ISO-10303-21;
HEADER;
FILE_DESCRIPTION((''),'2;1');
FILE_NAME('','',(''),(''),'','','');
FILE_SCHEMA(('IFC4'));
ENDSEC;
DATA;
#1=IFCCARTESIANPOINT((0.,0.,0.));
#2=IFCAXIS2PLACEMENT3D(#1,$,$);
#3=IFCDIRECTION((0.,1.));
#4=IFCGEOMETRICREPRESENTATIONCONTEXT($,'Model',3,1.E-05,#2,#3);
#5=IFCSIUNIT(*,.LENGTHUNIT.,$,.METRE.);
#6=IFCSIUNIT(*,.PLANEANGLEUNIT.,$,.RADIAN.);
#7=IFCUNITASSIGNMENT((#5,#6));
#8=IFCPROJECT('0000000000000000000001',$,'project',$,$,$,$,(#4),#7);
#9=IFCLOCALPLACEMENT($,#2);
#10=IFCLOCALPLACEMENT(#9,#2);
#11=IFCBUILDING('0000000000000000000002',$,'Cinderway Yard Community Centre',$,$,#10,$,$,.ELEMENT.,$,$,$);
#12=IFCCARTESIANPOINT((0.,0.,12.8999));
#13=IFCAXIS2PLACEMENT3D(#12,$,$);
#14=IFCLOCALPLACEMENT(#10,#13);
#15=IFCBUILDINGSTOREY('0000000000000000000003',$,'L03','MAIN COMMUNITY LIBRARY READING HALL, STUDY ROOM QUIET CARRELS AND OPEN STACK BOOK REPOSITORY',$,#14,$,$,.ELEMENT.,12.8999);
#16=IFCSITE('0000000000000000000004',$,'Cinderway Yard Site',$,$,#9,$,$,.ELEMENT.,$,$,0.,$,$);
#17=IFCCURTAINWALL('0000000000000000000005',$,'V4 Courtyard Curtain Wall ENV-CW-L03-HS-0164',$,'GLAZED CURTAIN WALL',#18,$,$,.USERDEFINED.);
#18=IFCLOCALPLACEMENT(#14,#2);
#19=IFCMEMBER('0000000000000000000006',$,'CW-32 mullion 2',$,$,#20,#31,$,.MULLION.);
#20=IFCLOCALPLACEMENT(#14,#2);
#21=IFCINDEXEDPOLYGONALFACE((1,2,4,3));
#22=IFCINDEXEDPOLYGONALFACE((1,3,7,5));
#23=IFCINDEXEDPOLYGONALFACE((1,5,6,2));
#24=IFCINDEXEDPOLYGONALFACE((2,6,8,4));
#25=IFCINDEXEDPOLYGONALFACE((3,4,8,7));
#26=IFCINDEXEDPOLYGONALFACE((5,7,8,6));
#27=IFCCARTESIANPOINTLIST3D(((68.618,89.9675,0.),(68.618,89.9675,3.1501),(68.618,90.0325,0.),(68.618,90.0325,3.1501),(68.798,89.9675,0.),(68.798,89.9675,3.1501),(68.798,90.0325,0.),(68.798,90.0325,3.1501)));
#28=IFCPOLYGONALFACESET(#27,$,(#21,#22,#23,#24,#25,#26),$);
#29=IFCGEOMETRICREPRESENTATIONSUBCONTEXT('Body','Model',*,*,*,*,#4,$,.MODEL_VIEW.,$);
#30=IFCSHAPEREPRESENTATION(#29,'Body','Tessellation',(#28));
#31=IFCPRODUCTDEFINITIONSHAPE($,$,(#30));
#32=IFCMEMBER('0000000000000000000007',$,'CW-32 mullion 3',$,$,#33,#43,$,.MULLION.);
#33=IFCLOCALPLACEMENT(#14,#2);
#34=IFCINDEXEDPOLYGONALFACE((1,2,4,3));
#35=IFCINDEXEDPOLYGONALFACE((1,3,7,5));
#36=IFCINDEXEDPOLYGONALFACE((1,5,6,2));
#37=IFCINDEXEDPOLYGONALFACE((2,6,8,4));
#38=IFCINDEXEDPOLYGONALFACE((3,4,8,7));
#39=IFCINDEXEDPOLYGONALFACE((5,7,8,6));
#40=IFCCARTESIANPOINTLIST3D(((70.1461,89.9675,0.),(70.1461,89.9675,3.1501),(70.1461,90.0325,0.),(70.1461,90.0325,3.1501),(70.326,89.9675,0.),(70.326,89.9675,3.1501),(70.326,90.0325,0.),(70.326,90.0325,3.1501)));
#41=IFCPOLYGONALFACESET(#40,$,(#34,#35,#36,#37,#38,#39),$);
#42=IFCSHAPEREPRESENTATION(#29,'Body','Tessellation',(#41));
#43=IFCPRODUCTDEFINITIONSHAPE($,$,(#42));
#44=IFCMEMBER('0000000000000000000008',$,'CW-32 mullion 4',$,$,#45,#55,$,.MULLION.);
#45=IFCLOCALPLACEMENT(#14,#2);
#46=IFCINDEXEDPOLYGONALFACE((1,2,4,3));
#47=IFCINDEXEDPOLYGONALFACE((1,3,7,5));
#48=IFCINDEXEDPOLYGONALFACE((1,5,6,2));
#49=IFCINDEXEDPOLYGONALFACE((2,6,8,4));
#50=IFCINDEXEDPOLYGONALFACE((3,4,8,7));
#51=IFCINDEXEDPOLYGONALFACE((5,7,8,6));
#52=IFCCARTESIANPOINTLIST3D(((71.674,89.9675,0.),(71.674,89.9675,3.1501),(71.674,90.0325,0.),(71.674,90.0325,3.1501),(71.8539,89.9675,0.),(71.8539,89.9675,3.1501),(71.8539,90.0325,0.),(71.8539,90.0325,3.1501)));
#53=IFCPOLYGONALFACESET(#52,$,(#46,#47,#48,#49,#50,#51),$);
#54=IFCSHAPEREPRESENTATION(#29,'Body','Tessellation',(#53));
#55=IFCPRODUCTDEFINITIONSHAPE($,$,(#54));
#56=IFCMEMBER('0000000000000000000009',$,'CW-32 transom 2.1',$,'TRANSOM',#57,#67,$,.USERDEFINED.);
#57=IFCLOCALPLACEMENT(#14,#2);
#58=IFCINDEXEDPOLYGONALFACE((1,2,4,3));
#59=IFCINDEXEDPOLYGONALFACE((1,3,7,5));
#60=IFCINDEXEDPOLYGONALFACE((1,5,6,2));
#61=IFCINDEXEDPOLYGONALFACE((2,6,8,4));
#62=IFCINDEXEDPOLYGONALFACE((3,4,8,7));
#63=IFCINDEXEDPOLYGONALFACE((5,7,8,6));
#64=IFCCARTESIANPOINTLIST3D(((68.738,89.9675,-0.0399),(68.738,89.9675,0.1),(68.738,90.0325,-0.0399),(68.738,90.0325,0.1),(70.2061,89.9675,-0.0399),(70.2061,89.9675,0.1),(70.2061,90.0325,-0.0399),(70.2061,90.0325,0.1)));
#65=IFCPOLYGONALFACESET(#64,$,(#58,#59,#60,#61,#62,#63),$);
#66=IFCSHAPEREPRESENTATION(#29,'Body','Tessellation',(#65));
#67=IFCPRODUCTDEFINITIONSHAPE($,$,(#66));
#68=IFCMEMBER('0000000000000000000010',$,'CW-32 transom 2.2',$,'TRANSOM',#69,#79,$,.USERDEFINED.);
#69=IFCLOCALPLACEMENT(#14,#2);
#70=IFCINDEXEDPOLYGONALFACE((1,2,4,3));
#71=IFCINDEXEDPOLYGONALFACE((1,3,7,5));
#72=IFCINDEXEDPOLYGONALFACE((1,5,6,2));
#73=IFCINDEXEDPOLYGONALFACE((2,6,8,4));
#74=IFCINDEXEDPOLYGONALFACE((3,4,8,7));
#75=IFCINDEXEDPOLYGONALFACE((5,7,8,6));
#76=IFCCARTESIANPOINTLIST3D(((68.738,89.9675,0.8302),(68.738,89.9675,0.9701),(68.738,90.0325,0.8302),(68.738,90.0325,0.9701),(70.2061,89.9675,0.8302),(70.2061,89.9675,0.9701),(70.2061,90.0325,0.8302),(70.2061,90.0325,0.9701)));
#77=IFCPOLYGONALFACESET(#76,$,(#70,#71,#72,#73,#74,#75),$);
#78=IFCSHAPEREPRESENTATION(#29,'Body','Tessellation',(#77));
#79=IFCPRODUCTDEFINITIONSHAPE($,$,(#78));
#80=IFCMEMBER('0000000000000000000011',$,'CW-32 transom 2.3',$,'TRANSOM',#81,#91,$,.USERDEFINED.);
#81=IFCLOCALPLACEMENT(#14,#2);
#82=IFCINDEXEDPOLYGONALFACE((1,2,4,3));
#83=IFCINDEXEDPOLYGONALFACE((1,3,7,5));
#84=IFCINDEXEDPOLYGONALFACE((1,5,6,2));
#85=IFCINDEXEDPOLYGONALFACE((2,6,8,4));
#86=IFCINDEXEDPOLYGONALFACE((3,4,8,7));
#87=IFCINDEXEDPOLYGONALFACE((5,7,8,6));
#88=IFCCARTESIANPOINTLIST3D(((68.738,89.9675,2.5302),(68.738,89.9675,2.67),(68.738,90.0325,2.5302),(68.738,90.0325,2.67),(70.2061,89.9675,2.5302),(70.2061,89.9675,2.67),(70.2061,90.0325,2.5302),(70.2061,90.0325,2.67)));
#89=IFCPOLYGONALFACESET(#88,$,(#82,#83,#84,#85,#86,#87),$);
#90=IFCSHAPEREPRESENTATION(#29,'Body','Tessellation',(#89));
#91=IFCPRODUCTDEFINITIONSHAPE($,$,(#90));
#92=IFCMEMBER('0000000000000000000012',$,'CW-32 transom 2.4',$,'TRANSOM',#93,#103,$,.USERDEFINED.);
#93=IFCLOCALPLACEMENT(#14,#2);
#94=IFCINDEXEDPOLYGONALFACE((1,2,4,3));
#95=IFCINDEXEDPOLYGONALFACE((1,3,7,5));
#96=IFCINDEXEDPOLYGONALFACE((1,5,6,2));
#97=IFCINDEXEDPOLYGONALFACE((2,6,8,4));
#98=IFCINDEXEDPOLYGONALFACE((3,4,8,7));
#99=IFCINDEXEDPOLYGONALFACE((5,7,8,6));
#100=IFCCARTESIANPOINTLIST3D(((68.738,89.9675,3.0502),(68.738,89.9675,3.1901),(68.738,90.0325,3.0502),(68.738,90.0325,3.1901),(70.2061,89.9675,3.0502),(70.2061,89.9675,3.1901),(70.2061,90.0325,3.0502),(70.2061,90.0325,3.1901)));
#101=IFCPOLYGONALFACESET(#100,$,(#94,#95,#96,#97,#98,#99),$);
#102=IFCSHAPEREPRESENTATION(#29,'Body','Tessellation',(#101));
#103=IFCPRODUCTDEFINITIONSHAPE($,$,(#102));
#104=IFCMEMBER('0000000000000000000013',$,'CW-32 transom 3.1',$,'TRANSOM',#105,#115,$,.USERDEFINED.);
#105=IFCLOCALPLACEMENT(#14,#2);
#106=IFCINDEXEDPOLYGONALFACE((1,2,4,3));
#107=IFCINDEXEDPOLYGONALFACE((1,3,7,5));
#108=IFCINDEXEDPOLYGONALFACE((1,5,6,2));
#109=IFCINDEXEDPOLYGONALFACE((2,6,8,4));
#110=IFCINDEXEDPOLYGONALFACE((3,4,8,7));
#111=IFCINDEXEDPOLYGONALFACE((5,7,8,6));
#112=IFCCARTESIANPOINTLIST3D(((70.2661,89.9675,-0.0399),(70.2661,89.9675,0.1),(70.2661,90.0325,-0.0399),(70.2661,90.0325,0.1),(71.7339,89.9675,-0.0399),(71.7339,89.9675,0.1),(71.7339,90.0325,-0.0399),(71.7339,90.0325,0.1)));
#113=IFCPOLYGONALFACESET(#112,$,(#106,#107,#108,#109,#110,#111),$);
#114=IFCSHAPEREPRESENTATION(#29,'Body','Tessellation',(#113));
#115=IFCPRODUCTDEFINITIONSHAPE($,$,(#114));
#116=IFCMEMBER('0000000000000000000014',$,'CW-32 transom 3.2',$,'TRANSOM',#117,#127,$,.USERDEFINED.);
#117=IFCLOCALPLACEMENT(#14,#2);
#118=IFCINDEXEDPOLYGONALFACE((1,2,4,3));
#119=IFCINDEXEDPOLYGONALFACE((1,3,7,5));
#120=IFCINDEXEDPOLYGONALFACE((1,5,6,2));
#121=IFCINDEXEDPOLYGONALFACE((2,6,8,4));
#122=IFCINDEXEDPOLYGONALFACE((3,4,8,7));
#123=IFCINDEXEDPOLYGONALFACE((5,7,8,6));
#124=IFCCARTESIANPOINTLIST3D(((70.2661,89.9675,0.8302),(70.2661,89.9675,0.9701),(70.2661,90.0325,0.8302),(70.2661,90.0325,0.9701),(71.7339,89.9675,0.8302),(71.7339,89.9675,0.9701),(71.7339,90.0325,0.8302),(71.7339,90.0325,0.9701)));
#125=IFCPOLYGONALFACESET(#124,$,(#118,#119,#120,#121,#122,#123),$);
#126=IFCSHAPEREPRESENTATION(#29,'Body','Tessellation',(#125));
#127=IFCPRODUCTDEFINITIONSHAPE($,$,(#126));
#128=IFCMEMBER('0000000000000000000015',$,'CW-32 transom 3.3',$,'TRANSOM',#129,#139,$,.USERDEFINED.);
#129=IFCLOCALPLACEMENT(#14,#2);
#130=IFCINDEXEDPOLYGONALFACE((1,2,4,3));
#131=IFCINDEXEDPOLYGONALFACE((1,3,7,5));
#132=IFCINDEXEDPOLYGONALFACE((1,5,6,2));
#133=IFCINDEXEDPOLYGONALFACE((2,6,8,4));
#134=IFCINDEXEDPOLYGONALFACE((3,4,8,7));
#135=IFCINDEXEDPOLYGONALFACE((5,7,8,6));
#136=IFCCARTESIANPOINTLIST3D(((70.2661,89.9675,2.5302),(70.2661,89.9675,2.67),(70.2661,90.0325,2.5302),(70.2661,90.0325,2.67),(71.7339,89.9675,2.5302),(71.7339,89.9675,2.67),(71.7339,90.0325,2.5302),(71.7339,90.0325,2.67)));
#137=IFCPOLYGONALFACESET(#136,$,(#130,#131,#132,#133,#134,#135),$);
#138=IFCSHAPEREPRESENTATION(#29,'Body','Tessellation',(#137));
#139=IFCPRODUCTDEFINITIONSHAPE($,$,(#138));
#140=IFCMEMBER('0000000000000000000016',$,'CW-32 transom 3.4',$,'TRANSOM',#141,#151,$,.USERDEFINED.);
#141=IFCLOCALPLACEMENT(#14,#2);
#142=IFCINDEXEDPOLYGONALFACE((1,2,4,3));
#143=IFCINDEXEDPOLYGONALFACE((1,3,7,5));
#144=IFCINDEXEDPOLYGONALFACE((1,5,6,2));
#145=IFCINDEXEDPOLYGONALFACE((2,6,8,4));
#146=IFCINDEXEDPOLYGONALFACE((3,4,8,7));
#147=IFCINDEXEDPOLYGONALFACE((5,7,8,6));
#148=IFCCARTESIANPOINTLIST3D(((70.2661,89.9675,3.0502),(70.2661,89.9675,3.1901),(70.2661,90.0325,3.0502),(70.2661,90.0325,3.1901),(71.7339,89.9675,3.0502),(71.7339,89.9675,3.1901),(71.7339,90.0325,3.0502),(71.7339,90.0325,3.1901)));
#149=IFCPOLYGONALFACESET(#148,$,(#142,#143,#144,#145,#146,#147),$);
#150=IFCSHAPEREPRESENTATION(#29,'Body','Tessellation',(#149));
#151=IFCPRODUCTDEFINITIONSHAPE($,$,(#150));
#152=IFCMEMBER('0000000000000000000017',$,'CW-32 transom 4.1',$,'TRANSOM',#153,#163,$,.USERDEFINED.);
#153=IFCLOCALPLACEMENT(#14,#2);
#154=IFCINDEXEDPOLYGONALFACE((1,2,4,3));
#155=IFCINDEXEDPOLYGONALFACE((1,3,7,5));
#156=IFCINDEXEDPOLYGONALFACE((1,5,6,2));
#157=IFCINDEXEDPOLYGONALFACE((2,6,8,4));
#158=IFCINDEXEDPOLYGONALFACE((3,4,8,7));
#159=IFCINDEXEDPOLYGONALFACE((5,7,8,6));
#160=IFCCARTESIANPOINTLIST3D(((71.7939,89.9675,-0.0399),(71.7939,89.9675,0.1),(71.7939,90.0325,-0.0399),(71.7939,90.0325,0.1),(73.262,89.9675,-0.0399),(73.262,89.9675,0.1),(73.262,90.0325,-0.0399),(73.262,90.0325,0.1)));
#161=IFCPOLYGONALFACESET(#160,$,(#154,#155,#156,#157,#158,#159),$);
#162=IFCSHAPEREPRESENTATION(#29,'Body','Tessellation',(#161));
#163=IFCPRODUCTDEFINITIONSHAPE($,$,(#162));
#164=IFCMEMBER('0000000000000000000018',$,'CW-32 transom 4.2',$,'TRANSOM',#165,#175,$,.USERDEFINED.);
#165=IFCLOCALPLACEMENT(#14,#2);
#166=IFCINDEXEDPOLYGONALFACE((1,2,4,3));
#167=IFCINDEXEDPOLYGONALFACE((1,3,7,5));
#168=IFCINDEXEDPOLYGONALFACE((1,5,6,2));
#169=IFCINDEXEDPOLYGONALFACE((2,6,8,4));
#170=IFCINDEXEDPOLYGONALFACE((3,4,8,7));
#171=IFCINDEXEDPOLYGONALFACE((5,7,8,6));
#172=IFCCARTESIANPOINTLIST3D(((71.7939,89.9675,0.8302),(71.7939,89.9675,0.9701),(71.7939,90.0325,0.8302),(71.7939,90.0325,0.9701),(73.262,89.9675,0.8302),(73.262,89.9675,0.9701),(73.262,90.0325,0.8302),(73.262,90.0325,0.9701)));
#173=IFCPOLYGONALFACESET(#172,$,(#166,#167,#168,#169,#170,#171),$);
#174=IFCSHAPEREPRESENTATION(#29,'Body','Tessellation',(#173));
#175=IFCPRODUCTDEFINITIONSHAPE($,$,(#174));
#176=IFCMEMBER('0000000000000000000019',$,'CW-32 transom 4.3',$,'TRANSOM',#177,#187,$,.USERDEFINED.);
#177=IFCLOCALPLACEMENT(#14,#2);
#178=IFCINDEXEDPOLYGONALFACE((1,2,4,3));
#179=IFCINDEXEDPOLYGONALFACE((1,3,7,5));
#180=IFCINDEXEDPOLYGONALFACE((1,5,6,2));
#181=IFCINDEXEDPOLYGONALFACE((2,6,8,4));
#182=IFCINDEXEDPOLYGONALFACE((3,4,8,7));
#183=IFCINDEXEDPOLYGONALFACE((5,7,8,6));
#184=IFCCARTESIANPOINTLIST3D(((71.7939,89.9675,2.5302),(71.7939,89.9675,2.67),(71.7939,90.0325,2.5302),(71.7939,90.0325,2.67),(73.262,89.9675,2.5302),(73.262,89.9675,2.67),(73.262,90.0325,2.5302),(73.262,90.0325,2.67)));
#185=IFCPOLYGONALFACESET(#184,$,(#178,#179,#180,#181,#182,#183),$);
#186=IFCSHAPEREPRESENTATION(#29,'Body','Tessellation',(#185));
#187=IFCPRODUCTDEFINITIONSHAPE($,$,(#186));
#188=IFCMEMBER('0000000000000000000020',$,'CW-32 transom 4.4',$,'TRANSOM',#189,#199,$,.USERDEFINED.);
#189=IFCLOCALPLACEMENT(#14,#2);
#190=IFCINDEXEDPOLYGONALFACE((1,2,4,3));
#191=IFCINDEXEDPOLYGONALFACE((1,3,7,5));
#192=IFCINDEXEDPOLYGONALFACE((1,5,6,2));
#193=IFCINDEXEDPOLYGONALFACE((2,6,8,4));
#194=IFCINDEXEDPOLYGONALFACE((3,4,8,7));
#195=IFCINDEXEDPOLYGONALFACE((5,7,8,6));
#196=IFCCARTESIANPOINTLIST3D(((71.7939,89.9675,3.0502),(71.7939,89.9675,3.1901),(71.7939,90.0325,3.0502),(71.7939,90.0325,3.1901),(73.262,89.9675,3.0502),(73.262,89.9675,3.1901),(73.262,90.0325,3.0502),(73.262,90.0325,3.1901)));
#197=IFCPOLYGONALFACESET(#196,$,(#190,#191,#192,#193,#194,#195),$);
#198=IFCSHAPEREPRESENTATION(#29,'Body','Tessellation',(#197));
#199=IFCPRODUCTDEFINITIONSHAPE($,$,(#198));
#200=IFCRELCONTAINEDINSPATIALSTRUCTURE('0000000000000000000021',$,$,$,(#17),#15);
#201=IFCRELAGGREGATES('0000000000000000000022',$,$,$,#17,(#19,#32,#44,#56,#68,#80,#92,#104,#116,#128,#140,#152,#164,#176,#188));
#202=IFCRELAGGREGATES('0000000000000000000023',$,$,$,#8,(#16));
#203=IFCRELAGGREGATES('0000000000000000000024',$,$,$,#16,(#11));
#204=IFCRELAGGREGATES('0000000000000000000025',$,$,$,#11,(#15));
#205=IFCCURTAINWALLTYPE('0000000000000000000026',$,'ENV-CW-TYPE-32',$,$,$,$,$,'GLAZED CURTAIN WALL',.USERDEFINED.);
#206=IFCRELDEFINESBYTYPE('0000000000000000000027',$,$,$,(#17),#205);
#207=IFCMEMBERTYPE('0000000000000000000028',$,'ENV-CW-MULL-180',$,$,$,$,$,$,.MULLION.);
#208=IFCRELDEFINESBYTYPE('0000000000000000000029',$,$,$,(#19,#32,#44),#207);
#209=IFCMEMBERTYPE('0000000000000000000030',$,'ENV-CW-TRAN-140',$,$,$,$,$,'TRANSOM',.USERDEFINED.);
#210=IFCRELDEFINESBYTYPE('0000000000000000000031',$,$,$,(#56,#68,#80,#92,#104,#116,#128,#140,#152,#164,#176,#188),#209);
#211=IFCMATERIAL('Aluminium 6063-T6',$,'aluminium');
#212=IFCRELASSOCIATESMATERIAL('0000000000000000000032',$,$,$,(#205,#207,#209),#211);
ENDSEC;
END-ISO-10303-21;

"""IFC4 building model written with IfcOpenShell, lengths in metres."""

from ifc_helpers import new_model, si_unit, direction, frame, origin, origin_2d, place, context, subcontext, project, spatial, rectangle, extrude, material, material_profile, profile_set, type_object, element, aggregate, save


model = new_model("IFC4")

# Units and contexts
model_context = context("Model", 3, precision=1e-05, world=origin(), true_north=direction((0.0, 1.0)))
body_context = subcontext(model_context, "Body", "Model", "MODEL_VIEW")
ifc_project = project(units=[si_unit("LENGTHUNIT", "METRE"), si_unit("PLANEANGLEUNIT", "RADIAN")], contexts=[model_context])

# Site, building, storey
site_placement = place(None, origin())
site = spatial("IfcSite", under=ifc_project, at=site_placement, Name="Cinderway Yard Site", CompositionType="ELEMENT", RefElevation=0.0)
building_placement = place(site_placement, origin())
building = spatial("IfcBuilding", under=site, at=building_placement, Name="Cinderway Yard Community Centre", CompositionType="ELEMENT")
storey_placement = place(building_placement, frame((0.0, 0.0, 12.8999)))
storey = spatial("IfcBuildingStorey", under=building, at=storey_placement, Name="L03", Description="MAIN COMMUNITY LIBRARY READING HALL, STUDY ROOM QUIET CARRELS AND OPEN STACK BOOK REPOSITORY", CompositionType="ELEMENT", Elevation=12.8999)

# Curtain wall, members
ifc_material_1 = material(Name="Aluminium 6063-T6", Category="aluminium")
curtain_wall_type = type_object("IfcCurtainWallType", Name="ENV-CW-TYPE-32", ElementType="GLAZED CURTAIN WALL", PredefinedType="USERDEFINED", material=ifc_material_1)
curtain_wall_placement = place(storey_placement, origin())
curtain_wall = element("IfcCurtainWall", 1, at=curtain_wall_placement, inside=storey, type_object=curtain_wall_type, Name="V4 Courtyard Curtain Wall ENV-CW-L03-HS-0164", ObjectType="GLAZED CURTAIN WALL", PredefinedType="USERDEFINED")
ifc_material_profile_1 = material_profile(ifc_material_1, rectangle(XDim=0.0649, YDim=0.1799, at=origin_2d()), Name="Aluminium 6063-T6")
ifc_profile_set_1 = profile_set([ifc_material_profile_1], Name="Aluminium 6063-T6")
member_type_1 = type_object("IfcMemberType", Name="ENV-CW-MULL-180", PredefinedType="MULLION", material=ifc_profile_set_1)
member_1_placement = place(storey_placement, frame((68.708, 90.0, 0.0), z_axis=(0.0, 0.0, 1.0), x_axis=(0.0, 1.0, 0.0)))
member_1 = element("IfcMember", 2, at=member_1_placement, type_object=member_type_1, Name="CW-32 mullion 2", PredefinedType="MULLION", context=body_context, shape_type="SweptSolid", body=[
    extrude(rectangle(XDim=0.0649, YDim=0.1799, at=origin_2d()), origin(), (0.0, 0.0, 1.0), 3.1501),
])
member_2_placement = place(storey_placement, frame((70.2361, 90.0, 0.0), z_axis=(0.0, 0.0, 1.0), x_axis=(0.0, 1.0, 0.0)))
member_2 = element("IfcMember", 3, at=member_2_placement, type_object=member_type_1, Name="CW-32 mullion 3", PredefinedType="MULLION", context=body_context, shape_type="SweptSolid", body=[
    extrude(rectangle(XDim=0.0649, YDim=0.1799, at=origin_2d()), origin(), (0.0, 0.0, 1.0), 3.1501),
])
member_3_placement = place(storey_placement, frame((71.7639, 90.0, 0.0), z_axis=(0.0, 0.0, 1.0), x_axis=(0.0, 1.0, 0.0)))
member_3 = element("IfcMember", 4, at=member_3_placement, type_object=member_type_1, Name="CW-32 mullion 4", PredefinedType="MULLION", context=body_context, shape_type="SweptSolid", body=[
    extrude(rectangle(XDim=0.0649, YDim=0.1799, at=origin_2d()), origin(), (0.0, 0.0, 1.0), 3.1501),
])
ifc_material_profile_2 = material_profile(ifc_material_1, rectangle(XDim=0.0649, YDim=0.1399, at=origin_2d()), Name="Aluminium 6063-T6")
ifc_profile_set_2 = profile_set([ifc_material_profile_2], Name="Aluminium 6063-T6")
member_type_2 = type_object("IfcMemberType", Name="ENV-CW-TRAN-140", ElementType="TRANSOM", PredefinedType="USERDEFINED", material=ifc_profile_set_2)
member_4_placement = place(storey_placement, frame((68.738, 90.0, 0.03), z_axis=(1.0, 0.0, 0.0), x_axis=(0.0, 1.0, 0.0)))
member_4 = element("IfcMember", 5, at=member_4_placement, type_object=member_type_2, Name="CW-32 transom 2.1", ObjectType="TRANSOM", PredefinedType="USERDEFINED", context=body_context, shape_type="SweptSolid", body=[
    extrude(rectangle(XDim=0.0649, YDim=0.1399, at=origin_2d()), origin(), (0.0, 0.0, 1.0), 1.468),
])
member_5_placement = place(storey_placement, frame((68.738, 90.0, 0.9001), z_axis=(1.0, 0.0, 0.0), x_axis=(0.0, 1.0, 0.0)))
member_5 = element("IfcMember", 6, at=member_5_placement, type_object=member_type_2, Name="CW-32 transom 2.2", ObjectType="TRANSOM", PredefinedType="USERDEFINED", context=body_context, shape_type="SweptSolid", body=[
    extrude(rectangle(XDim=0.0649, YDim=0.1399, at=origin_2d()), origin(), (0.0, 0.0, 1.0), 1.468),
])
member_6_placement = place(storey_placement, frame((68.738, 90.0, 2.6001), z_axis=(1.0, 0.0, 0.0), x_axis=(0.0, 1.0, 0.0)))
member_6 = element("IfcMember", 7, at=member_6_placement, type_object=member_type_2, Name="CW-32 transom 2.3", ObjectType="TRANSOM", PredefinedType="USERDEFINED", context=body_context, shape_type="SweptSolid", body=[
    extrude(rectangle(XDim=0.0649, YDim=0.1399, at=origin_2d()), origin(), (0.0, 0.0, 1.0), 1.468),
])
member_7_placement = place(storey_placement, frame((68.738, 90.0, 3.1201), z_axis=(1.0, 0.0, 0.0), x_axis=(0.0, 1.0, 0.0)))
member_7 = element("IfcMember", 8, at=member_7_placement, type_object=member_type_2, Name="CW-32 transom 2.4", ObjectType="TRANSOM", PredefinedType="USERDEFINED", context=body_context, shape_type="SweptSolid", body=[
    extrude(rectangle(XDim=0.0649, YDim=0.1399, at=origin_2d()), origin(), (0.0, 0.0, 1.0), 1.468),
])
member_8_placement = place(storey_placement, frame((70.2661, 90.0, 0.03), z_axis=(1.0, 0.0, 0.0), x_axis=(0.0, 1.0, 0.0)))
member_8 = element("IfcMember", 9, at=member_8_placement, type_object=member_type_2, Name="CW-32 transom 3.1", ObjectType="TRANSOM", PredefinedType="USERDEFINED", context=body_context, shape_type="SweptSolid", body=[
    extrude(rectangle(XDim=0.0649, YDim=0.1399, at=origin_2d()), origin(), (0.0, 0.0, 1.0), 1.4678),
])
member_9_placement = place(storey_placement, frame((70.2661, 90.0, 0.9001), z_axis=(1.0, 0.0, 0.0), x_axis=(0.0, 1.0, 0.0)))
member_9 = element("IfcMember", 10, at=member_9_placement, type_object=member_type_2, Name="CW-32 transom 3.2", ObjectType="TRANSOM", PredefinedType="USERDEFINED", context=body_context, shape_type="SweptSolid", body=[
    extrude(rectangle(XDim=0.0649, YDim=0.1399, at=origin_2d()), origin(), (0.0, 0.0, 1.0), 1.4678),
])
member_10_placement = place(storey_placement, frame((70.2661, 90.0, 2.6001), z_axis=(1.0, 0.0, 0.0), x_axis=(0.0, 1.0, 0.0)))
member_10 = element("IfcMember", 11, at=member_10_placement, type_object=member_type_2, Name="CW-32 transom 3.3", ObjectType="TRANSOM", PredefinedType="USERDEFINED", context=body_context, shape_type="SweptSolid", body=[
    extrude(rectangle(XDim=0.0649, YDim=0.1399, at=origin_2d()), origin(), (0.0, 0.0, 1.0), 1.4678),
])
member_11_placement = place(storey_placement, frame((70.2661, 90.0, 3.1201), z_axis=(1.0, 0.0, 0.0), x_axis=(0.0, 1.0, 0.0)))
member_11 = element("IfcMember", 12, at=member_11_placement, type_object=member_type_2, Name="CW-32 transom 3.4", ObjectType="TRANSOM", PredefinedType="USERDEFINED", context=body_context, shape_type="SweptSolid", body=[
    extrude(rectangle(XDim=0.0649, YDim=0.1399, at=origin_2d()), origin(), (0.0, 0.0, 1.0), 1.4678),
])
member_12_placement = place(storey_placement, frame((71.7939, 90.0, 0.03), z_axis=(1.0, 0.0, 0.0), x_axis=(0.0, 1.0, 0.0)))
member_12 = element("IfcMember", 13, at=member_12_placement, type_object=member_type_2, Name="CW-32 transom 4.1", ObjectType="TRANSOM", PredefinedType="USERDEFINED", context=body_context, shape_type="SweptSolid", body=[
    extrude(rectangle(XDim=0.0649, YDim=0.1399, at=origin_2d()), origin(), (0.0, 0.0, 1.0), 1.468),
])
member_13_placement = place(storey_placement, frame((71.7939, 90.0, 0.9001), z_axis=(1.0, 0.0, 0.0), x_axis=(0.0, 1.0, 0.0)))
member_13 = element("IfcMember", 14, at=member_13_placement, type_object=member_type_2, Name="CW-32 transom 4.2", ObjectType="TRANSOM", PredefinedType="USERDEFINED", context=body_context, shape_type="SweptSolid", body=[
    extrude(rectangle(XDim=0.0649, YDim=0.1399, at=origin_2d()), origin(), (0.0, 0.0, 1.0), 1.468),
])
member_14_placement = place(storey_placement, frame((71.7939, 90.0, 2.6001), z_axis=(1.0, 0.0, 0.0), x_axis=(0.0, 1.0, 0.0)))
member_14 = element("IfcMember", 15, at=member_14_placement, type_object=member_type_2, Name="CW-32 transom 4.3", ObjectType="TRANSOM", PredefinedType="USERDEFINED", context=body_context, shape_type="SweptSolid", body=[
    extrude(rectangle(XDim=0.0649, YDim=0.1399, at=origin_2d()), origin(), (0.0, 0.0, 1.0), 1.468),
])
member_15_placement = place(storey_placement, frame((71.7939, 90.0, 3.1201), z_axis=(1.0, 0.0, 0.0), x_axis=(0.0, 1.0, 0.0)))
member_15 = element("IfcMember", 16, at=member_15_placement, type_object=member_type_2, Name="CW-32 transom 4.4", ObjectType="TRANSOM", PredefinedType="USERDEFINED", context=body_context, shape_type="SweptSolid", body=[
    extrude(rectangle(XDim=0.0649, YDim=0.1399, at=origin_2d()), origin(), (0.0, 0.0, 1.0), 1.468),
])
aggregate(curtain_wall, [member_1, member_2, member_3, member_4, member_5, member_6, member_7, member_8, member_9, member_10, member_11, member_12, member_13, member_14, member_15])

save(model, "model.ifc")
